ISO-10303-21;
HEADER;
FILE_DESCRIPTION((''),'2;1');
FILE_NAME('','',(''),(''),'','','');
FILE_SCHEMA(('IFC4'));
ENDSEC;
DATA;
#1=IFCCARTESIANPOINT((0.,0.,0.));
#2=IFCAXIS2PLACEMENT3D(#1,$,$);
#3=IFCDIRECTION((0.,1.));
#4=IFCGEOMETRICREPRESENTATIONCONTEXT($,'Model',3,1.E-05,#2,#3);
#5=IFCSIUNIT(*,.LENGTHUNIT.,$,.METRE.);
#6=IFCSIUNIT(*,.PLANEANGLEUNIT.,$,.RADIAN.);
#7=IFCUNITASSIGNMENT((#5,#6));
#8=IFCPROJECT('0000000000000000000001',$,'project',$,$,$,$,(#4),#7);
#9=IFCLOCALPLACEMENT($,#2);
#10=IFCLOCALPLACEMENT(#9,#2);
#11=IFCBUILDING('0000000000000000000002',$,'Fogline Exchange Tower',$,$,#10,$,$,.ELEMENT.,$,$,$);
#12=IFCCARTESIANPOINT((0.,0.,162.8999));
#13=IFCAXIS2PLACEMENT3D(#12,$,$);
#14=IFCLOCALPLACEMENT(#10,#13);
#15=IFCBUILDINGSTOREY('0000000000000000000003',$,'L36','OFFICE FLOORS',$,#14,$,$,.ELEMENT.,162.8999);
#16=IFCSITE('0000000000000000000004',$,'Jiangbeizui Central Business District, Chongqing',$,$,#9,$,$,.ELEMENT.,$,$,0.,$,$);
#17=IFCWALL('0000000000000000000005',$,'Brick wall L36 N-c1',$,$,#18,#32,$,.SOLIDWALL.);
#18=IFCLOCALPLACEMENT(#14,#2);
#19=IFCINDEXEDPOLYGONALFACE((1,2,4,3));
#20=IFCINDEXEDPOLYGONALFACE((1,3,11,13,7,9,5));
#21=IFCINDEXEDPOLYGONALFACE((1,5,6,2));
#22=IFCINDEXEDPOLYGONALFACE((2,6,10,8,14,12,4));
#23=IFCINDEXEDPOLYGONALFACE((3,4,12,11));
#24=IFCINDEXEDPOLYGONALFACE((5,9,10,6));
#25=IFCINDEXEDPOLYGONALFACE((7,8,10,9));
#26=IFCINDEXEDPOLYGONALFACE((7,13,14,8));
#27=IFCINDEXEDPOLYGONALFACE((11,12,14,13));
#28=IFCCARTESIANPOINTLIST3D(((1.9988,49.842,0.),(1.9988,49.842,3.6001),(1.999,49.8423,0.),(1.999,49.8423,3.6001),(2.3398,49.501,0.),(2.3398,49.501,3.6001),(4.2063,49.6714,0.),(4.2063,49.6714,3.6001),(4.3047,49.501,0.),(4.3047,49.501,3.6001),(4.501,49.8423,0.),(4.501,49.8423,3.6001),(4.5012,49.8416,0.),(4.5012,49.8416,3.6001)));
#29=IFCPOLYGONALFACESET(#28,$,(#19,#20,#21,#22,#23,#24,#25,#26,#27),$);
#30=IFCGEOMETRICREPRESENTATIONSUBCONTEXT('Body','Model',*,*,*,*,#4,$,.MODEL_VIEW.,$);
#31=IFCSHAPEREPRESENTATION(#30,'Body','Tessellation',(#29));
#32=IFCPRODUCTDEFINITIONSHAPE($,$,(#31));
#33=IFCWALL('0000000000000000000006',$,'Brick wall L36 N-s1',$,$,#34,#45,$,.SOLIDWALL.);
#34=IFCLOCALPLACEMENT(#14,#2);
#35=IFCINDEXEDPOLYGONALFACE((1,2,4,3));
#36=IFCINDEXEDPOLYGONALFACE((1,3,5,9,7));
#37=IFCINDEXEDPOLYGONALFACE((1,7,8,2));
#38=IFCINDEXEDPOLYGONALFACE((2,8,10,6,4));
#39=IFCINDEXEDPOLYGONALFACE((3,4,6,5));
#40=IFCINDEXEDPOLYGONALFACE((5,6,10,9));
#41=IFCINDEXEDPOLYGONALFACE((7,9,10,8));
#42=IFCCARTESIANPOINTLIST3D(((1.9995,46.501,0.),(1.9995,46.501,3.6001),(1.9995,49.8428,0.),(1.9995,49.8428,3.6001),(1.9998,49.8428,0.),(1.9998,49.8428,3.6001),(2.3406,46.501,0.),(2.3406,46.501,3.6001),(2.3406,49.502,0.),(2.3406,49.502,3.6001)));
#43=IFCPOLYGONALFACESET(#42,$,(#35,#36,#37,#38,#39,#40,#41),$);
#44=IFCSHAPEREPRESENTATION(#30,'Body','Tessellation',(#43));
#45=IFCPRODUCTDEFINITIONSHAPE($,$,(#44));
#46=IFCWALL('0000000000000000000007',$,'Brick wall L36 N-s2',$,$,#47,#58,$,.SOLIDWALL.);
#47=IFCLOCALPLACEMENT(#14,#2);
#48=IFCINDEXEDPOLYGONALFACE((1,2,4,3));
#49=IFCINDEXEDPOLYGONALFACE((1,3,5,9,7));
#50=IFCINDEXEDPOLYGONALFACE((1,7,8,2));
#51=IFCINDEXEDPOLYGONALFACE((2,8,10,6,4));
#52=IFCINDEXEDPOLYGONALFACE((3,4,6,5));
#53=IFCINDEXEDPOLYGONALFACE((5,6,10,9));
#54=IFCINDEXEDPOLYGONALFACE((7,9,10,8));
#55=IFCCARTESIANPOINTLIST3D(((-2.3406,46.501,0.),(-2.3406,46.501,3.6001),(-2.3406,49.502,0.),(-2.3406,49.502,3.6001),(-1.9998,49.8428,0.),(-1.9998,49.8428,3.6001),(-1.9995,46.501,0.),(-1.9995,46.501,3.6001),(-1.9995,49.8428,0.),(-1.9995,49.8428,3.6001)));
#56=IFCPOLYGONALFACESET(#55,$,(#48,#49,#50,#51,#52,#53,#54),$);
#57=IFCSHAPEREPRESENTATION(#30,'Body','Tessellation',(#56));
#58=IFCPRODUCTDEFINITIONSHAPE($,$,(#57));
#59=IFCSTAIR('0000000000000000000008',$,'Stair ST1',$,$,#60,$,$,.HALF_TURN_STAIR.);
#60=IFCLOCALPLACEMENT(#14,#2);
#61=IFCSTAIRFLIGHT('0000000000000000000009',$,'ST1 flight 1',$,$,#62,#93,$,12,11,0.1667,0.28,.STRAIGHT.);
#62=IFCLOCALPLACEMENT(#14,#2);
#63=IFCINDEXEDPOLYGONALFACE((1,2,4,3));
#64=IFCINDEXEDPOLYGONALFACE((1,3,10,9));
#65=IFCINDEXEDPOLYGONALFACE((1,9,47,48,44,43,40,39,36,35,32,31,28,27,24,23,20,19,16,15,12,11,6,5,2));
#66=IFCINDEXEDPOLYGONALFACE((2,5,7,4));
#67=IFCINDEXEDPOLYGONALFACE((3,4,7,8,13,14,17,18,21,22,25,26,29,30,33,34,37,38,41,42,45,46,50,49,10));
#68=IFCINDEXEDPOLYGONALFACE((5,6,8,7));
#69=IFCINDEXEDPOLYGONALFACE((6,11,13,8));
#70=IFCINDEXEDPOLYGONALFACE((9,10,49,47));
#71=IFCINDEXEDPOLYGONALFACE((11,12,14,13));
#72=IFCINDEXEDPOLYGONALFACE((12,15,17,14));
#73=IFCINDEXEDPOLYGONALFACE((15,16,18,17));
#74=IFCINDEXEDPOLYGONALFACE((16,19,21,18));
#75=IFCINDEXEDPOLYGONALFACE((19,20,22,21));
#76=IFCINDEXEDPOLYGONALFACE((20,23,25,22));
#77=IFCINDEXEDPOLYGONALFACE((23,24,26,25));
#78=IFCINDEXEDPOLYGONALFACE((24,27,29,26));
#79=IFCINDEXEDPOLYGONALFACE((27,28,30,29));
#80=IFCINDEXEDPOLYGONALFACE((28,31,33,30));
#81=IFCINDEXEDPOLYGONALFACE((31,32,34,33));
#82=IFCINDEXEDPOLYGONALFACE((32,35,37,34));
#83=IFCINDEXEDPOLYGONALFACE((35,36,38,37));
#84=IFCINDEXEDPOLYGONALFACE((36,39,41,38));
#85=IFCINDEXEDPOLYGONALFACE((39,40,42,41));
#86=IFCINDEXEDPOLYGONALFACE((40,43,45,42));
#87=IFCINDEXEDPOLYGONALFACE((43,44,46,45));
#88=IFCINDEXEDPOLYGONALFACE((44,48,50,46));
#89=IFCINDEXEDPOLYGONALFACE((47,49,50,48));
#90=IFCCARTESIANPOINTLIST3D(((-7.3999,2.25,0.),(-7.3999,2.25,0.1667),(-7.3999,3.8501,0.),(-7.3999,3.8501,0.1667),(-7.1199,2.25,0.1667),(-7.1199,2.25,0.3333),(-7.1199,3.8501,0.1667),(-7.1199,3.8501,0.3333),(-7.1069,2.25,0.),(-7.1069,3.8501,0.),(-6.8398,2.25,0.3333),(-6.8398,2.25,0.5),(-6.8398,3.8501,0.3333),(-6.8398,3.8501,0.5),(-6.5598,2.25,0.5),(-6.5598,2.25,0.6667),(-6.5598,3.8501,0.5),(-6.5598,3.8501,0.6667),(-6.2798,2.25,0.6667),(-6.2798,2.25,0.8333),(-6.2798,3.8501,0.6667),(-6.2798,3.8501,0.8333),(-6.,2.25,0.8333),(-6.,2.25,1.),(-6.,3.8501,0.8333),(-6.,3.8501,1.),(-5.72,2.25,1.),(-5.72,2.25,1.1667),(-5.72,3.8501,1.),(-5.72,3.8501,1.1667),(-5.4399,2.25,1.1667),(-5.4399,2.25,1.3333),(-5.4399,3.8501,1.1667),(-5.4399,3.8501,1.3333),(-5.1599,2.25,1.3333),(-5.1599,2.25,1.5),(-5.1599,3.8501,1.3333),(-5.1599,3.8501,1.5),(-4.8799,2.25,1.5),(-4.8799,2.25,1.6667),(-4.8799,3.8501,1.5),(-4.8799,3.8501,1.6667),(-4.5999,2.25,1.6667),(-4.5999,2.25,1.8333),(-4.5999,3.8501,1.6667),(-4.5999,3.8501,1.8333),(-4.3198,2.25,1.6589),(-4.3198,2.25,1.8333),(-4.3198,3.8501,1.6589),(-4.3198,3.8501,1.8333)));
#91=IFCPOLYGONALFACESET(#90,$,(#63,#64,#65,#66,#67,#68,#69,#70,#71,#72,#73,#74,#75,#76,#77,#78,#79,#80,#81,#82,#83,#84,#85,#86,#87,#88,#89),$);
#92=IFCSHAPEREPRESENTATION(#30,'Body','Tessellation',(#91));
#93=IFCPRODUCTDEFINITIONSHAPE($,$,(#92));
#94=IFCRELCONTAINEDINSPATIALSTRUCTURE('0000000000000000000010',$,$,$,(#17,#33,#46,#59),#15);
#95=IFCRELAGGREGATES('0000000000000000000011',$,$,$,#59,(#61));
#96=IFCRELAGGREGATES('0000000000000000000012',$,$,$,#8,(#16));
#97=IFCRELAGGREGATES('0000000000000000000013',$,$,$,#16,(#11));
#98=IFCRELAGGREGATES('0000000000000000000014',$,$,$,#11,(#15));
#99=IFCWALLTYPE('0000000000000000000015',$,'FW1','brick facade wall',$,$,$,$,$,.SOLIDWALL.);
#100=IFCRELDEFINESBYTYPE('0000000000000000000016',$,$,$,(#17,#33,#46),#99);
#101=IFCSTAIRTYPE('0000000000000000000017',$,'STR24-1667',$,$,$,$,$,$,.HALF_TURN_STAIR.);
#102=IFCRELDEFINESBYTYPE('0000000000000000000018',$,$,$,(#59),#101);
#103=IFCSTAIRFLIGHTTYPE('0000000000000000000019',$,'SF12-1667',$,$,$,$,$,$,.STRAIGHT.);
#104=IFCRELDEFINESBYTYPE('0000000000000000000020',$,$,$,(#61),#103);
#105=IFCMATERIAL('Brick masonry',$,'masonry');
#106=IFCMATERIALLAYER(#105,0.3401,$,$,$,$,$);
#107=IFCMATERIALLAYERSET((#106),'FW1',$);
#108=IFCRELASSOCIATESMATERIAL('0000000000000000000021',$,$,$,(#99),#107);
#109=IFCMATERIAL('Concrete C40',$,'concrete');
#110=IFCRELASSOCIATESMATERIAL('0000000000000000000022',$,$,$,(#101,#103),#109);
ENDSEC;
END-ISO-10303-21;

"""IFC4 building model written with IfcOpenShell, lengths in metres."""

from ifc_helpers import new_model, si_unit, direction, frame, origin, place, context, subcontext, project, spatial, polyline, outline, extrude, material, layer, layer_set, type_object, element, aggregate, save


model = new_model("IFC4")

# Units and contexts
model_context = context("Model", 3, precision=1e-05, world=origin(), true_north=direction((0.0, 1.0)))
body_context = subcontext(model_context, "Body", "Model", "MODEL_VIEW")
ifc_project = project(units=[si_unit("LENGTHUNIT", "METRE"), si_unit("PLANEANGLEUNIT", "RADIAN")], contexts=[model_context])

# Site, building, storey
site_placement = place(None, origin())
site = spatial("IfcSite", under=ifc_project, at=site_placement, Name="Jiangbeizui Central Business District, Chongqing", CompositionType="ELEMENT", RefElevation=0.0)
building_placement = place(site_placement, origin())
building = spatial("IfcBuilding", under=site, at=building_placement, Name="Fogline Exchange Tower", CompositionType="ELEMENT")
storey_placement = place(building_placement, frame((0.0, 0.0, 162.8999)))
storey = spatial("IfcBuildingStorey", under=building, at=storey_placement, Name="L36", Description="OFFICE FLOORS", CompositionType="ELEMENT", Elevation=162.8999)

# Shared definitions
ifc_material_1 = material(Name="Concrete C40", Category="concrete")

# Walls
ifc_material_2 = material(Name="Brick masonry", Category="masonry")
ifc_layer_1 = layer(ifc_material_2, 0.3401)
ifc_layer_set_1 = layer_set([ifc_layer_1], Name="FW1")
wall_type_1 = type_object("IfcWallType", Name="FW1", Description="brick facade wall", PredefinedType="SOLIDWALL", material=ifc_layer_set_1)
wall_1_placement = place(storey_placement, origin())
element("IfcWall", 1, at=wall_1_placement, inside=storey, type_object=wall_type_1, Name="Brick wall L36 N-c1", PredefinedType="SOLIDWALL", context=body_context, shape_type="SweptSolid", body=[
    extrude(outline(polyline([(1.999, 49.8423), (4.501, 49.8423), (4.5012, 49.8416), (4.2063, 49.6714), (4.3047, 49.501), (2.3398, 49.501), (1.9988, 49.842), (1.999, 49.8423)])), origin(), (0.0, 0.0, 1.0), 3.6001),
])
wall_2_placement = place(storey_placement, origin())
element("IfcWall", 2, at=wall_2_placement, inside=storey, type_object=wall_type_1, Name="Brick wall L36 N-s1", PredefinedType="SOLIDWALL", context=body_context, shape_type="SweptSolid", body=[
    extrude(outline(polyline([(2.3406, 46.501), (1.9995, 46.501), (1.9995, 49.8428), (1.9998, 49.8428), (2.3406, 49.502), (2.3406, 46.501)])), origin(), (0.0, 0.0, 1.0), 3.6001),
])
wall_3_placement = place(storey_placement, origin())
element("IfcWall", 3, at=wall_3_placement, inside=storey, type_object=wall_type_1, Name="Brick wall L36 N-s2", PredefinedType="SOLIDWALL", context=body_context, shape_type="SweptSolid", body=[
    extrude(outline(polyline([(-1.9995, 49.8428), (-1.9995, 46.501), (-2.3406, 46.501), (-2.3406, 49.502), (-1.9998, 49.8428), (-1.9995, 49.8428)])), origin(), (0.0, 0.0, 1.0), 3.6001),
])

# Stair, stair flight
stair_type = type_object("IfcStairType", Name="STR24-1667", PredefinedType="HALF_TURN_STAIR", material=ifc_material_1)
stair_placement = place(storey_placement, origin())
stair = element("IfcStair", 4, at=stair_placement, inside=storey, type_object=stair_type, Name="Stair ST1", PredefinedType="HALF_TURN_STAIR")
stair_flight_type = type_object("IfcStairFlightType", Name="SF12-1667", PredefinedType="STRAIGHT", material=ifc_material_1)
stair_flight_placement = place(storey_placement, frame((-7.3999, 3.05, 0.0), z_axis=(0.0, 0.0, 1.0), x_axis=(1.0, 0.0, 0.0)))
stair_flight = element("IfcStairFlight", 5, at=stair_flight_placement, type_object=stair_flight_type, Name="ST1 flight 1", NumberOfRisers=12, NumberOfTreads=11, PredefinedType="STRAIGHT", RiserHeight=0.1667, TreadLength=0.28, context=body_context, shape_type="SweptSolid", body=[
    extrude(outline(polyline([(0.0, 0.0), (0.0, 0.1667), (0.28, 0.1667), (0.28, 0.3333), (0.5601, 0.3333), (0.5601, 0.5), (0.8401, 0.5), (0.8401, 0.6667), (1.1201, 0.6667), (1.1201, 0.8333), (1.3999, 0.8333), (1.3999, 1.0), (1.6799, 1.0), (1.6799, 1.1667), (1.96, 1.1667), (1.96, 1.3333), (2.24, 1.3333), (2.24, 1.5), (2.52, 1.5), (2.52, 1.6667), (2.8, 1.6667), (2.8, 1.8333), (3.0801, 1.8333), (3.0801, 2.0), (3.0801, 1.6589), (0.293, 0.0), (0.0, 0.0)])), frame((0.0, 0.8, 0.0), z_axis=(0.0, -1.0, 0.0), x_axis=(1.0, 0.0, 0.0)), (0.0, 0.0, 1.0), 1.6001),
])
aggregate(stair, [stair_flight])

save(model, "model.ifc")
